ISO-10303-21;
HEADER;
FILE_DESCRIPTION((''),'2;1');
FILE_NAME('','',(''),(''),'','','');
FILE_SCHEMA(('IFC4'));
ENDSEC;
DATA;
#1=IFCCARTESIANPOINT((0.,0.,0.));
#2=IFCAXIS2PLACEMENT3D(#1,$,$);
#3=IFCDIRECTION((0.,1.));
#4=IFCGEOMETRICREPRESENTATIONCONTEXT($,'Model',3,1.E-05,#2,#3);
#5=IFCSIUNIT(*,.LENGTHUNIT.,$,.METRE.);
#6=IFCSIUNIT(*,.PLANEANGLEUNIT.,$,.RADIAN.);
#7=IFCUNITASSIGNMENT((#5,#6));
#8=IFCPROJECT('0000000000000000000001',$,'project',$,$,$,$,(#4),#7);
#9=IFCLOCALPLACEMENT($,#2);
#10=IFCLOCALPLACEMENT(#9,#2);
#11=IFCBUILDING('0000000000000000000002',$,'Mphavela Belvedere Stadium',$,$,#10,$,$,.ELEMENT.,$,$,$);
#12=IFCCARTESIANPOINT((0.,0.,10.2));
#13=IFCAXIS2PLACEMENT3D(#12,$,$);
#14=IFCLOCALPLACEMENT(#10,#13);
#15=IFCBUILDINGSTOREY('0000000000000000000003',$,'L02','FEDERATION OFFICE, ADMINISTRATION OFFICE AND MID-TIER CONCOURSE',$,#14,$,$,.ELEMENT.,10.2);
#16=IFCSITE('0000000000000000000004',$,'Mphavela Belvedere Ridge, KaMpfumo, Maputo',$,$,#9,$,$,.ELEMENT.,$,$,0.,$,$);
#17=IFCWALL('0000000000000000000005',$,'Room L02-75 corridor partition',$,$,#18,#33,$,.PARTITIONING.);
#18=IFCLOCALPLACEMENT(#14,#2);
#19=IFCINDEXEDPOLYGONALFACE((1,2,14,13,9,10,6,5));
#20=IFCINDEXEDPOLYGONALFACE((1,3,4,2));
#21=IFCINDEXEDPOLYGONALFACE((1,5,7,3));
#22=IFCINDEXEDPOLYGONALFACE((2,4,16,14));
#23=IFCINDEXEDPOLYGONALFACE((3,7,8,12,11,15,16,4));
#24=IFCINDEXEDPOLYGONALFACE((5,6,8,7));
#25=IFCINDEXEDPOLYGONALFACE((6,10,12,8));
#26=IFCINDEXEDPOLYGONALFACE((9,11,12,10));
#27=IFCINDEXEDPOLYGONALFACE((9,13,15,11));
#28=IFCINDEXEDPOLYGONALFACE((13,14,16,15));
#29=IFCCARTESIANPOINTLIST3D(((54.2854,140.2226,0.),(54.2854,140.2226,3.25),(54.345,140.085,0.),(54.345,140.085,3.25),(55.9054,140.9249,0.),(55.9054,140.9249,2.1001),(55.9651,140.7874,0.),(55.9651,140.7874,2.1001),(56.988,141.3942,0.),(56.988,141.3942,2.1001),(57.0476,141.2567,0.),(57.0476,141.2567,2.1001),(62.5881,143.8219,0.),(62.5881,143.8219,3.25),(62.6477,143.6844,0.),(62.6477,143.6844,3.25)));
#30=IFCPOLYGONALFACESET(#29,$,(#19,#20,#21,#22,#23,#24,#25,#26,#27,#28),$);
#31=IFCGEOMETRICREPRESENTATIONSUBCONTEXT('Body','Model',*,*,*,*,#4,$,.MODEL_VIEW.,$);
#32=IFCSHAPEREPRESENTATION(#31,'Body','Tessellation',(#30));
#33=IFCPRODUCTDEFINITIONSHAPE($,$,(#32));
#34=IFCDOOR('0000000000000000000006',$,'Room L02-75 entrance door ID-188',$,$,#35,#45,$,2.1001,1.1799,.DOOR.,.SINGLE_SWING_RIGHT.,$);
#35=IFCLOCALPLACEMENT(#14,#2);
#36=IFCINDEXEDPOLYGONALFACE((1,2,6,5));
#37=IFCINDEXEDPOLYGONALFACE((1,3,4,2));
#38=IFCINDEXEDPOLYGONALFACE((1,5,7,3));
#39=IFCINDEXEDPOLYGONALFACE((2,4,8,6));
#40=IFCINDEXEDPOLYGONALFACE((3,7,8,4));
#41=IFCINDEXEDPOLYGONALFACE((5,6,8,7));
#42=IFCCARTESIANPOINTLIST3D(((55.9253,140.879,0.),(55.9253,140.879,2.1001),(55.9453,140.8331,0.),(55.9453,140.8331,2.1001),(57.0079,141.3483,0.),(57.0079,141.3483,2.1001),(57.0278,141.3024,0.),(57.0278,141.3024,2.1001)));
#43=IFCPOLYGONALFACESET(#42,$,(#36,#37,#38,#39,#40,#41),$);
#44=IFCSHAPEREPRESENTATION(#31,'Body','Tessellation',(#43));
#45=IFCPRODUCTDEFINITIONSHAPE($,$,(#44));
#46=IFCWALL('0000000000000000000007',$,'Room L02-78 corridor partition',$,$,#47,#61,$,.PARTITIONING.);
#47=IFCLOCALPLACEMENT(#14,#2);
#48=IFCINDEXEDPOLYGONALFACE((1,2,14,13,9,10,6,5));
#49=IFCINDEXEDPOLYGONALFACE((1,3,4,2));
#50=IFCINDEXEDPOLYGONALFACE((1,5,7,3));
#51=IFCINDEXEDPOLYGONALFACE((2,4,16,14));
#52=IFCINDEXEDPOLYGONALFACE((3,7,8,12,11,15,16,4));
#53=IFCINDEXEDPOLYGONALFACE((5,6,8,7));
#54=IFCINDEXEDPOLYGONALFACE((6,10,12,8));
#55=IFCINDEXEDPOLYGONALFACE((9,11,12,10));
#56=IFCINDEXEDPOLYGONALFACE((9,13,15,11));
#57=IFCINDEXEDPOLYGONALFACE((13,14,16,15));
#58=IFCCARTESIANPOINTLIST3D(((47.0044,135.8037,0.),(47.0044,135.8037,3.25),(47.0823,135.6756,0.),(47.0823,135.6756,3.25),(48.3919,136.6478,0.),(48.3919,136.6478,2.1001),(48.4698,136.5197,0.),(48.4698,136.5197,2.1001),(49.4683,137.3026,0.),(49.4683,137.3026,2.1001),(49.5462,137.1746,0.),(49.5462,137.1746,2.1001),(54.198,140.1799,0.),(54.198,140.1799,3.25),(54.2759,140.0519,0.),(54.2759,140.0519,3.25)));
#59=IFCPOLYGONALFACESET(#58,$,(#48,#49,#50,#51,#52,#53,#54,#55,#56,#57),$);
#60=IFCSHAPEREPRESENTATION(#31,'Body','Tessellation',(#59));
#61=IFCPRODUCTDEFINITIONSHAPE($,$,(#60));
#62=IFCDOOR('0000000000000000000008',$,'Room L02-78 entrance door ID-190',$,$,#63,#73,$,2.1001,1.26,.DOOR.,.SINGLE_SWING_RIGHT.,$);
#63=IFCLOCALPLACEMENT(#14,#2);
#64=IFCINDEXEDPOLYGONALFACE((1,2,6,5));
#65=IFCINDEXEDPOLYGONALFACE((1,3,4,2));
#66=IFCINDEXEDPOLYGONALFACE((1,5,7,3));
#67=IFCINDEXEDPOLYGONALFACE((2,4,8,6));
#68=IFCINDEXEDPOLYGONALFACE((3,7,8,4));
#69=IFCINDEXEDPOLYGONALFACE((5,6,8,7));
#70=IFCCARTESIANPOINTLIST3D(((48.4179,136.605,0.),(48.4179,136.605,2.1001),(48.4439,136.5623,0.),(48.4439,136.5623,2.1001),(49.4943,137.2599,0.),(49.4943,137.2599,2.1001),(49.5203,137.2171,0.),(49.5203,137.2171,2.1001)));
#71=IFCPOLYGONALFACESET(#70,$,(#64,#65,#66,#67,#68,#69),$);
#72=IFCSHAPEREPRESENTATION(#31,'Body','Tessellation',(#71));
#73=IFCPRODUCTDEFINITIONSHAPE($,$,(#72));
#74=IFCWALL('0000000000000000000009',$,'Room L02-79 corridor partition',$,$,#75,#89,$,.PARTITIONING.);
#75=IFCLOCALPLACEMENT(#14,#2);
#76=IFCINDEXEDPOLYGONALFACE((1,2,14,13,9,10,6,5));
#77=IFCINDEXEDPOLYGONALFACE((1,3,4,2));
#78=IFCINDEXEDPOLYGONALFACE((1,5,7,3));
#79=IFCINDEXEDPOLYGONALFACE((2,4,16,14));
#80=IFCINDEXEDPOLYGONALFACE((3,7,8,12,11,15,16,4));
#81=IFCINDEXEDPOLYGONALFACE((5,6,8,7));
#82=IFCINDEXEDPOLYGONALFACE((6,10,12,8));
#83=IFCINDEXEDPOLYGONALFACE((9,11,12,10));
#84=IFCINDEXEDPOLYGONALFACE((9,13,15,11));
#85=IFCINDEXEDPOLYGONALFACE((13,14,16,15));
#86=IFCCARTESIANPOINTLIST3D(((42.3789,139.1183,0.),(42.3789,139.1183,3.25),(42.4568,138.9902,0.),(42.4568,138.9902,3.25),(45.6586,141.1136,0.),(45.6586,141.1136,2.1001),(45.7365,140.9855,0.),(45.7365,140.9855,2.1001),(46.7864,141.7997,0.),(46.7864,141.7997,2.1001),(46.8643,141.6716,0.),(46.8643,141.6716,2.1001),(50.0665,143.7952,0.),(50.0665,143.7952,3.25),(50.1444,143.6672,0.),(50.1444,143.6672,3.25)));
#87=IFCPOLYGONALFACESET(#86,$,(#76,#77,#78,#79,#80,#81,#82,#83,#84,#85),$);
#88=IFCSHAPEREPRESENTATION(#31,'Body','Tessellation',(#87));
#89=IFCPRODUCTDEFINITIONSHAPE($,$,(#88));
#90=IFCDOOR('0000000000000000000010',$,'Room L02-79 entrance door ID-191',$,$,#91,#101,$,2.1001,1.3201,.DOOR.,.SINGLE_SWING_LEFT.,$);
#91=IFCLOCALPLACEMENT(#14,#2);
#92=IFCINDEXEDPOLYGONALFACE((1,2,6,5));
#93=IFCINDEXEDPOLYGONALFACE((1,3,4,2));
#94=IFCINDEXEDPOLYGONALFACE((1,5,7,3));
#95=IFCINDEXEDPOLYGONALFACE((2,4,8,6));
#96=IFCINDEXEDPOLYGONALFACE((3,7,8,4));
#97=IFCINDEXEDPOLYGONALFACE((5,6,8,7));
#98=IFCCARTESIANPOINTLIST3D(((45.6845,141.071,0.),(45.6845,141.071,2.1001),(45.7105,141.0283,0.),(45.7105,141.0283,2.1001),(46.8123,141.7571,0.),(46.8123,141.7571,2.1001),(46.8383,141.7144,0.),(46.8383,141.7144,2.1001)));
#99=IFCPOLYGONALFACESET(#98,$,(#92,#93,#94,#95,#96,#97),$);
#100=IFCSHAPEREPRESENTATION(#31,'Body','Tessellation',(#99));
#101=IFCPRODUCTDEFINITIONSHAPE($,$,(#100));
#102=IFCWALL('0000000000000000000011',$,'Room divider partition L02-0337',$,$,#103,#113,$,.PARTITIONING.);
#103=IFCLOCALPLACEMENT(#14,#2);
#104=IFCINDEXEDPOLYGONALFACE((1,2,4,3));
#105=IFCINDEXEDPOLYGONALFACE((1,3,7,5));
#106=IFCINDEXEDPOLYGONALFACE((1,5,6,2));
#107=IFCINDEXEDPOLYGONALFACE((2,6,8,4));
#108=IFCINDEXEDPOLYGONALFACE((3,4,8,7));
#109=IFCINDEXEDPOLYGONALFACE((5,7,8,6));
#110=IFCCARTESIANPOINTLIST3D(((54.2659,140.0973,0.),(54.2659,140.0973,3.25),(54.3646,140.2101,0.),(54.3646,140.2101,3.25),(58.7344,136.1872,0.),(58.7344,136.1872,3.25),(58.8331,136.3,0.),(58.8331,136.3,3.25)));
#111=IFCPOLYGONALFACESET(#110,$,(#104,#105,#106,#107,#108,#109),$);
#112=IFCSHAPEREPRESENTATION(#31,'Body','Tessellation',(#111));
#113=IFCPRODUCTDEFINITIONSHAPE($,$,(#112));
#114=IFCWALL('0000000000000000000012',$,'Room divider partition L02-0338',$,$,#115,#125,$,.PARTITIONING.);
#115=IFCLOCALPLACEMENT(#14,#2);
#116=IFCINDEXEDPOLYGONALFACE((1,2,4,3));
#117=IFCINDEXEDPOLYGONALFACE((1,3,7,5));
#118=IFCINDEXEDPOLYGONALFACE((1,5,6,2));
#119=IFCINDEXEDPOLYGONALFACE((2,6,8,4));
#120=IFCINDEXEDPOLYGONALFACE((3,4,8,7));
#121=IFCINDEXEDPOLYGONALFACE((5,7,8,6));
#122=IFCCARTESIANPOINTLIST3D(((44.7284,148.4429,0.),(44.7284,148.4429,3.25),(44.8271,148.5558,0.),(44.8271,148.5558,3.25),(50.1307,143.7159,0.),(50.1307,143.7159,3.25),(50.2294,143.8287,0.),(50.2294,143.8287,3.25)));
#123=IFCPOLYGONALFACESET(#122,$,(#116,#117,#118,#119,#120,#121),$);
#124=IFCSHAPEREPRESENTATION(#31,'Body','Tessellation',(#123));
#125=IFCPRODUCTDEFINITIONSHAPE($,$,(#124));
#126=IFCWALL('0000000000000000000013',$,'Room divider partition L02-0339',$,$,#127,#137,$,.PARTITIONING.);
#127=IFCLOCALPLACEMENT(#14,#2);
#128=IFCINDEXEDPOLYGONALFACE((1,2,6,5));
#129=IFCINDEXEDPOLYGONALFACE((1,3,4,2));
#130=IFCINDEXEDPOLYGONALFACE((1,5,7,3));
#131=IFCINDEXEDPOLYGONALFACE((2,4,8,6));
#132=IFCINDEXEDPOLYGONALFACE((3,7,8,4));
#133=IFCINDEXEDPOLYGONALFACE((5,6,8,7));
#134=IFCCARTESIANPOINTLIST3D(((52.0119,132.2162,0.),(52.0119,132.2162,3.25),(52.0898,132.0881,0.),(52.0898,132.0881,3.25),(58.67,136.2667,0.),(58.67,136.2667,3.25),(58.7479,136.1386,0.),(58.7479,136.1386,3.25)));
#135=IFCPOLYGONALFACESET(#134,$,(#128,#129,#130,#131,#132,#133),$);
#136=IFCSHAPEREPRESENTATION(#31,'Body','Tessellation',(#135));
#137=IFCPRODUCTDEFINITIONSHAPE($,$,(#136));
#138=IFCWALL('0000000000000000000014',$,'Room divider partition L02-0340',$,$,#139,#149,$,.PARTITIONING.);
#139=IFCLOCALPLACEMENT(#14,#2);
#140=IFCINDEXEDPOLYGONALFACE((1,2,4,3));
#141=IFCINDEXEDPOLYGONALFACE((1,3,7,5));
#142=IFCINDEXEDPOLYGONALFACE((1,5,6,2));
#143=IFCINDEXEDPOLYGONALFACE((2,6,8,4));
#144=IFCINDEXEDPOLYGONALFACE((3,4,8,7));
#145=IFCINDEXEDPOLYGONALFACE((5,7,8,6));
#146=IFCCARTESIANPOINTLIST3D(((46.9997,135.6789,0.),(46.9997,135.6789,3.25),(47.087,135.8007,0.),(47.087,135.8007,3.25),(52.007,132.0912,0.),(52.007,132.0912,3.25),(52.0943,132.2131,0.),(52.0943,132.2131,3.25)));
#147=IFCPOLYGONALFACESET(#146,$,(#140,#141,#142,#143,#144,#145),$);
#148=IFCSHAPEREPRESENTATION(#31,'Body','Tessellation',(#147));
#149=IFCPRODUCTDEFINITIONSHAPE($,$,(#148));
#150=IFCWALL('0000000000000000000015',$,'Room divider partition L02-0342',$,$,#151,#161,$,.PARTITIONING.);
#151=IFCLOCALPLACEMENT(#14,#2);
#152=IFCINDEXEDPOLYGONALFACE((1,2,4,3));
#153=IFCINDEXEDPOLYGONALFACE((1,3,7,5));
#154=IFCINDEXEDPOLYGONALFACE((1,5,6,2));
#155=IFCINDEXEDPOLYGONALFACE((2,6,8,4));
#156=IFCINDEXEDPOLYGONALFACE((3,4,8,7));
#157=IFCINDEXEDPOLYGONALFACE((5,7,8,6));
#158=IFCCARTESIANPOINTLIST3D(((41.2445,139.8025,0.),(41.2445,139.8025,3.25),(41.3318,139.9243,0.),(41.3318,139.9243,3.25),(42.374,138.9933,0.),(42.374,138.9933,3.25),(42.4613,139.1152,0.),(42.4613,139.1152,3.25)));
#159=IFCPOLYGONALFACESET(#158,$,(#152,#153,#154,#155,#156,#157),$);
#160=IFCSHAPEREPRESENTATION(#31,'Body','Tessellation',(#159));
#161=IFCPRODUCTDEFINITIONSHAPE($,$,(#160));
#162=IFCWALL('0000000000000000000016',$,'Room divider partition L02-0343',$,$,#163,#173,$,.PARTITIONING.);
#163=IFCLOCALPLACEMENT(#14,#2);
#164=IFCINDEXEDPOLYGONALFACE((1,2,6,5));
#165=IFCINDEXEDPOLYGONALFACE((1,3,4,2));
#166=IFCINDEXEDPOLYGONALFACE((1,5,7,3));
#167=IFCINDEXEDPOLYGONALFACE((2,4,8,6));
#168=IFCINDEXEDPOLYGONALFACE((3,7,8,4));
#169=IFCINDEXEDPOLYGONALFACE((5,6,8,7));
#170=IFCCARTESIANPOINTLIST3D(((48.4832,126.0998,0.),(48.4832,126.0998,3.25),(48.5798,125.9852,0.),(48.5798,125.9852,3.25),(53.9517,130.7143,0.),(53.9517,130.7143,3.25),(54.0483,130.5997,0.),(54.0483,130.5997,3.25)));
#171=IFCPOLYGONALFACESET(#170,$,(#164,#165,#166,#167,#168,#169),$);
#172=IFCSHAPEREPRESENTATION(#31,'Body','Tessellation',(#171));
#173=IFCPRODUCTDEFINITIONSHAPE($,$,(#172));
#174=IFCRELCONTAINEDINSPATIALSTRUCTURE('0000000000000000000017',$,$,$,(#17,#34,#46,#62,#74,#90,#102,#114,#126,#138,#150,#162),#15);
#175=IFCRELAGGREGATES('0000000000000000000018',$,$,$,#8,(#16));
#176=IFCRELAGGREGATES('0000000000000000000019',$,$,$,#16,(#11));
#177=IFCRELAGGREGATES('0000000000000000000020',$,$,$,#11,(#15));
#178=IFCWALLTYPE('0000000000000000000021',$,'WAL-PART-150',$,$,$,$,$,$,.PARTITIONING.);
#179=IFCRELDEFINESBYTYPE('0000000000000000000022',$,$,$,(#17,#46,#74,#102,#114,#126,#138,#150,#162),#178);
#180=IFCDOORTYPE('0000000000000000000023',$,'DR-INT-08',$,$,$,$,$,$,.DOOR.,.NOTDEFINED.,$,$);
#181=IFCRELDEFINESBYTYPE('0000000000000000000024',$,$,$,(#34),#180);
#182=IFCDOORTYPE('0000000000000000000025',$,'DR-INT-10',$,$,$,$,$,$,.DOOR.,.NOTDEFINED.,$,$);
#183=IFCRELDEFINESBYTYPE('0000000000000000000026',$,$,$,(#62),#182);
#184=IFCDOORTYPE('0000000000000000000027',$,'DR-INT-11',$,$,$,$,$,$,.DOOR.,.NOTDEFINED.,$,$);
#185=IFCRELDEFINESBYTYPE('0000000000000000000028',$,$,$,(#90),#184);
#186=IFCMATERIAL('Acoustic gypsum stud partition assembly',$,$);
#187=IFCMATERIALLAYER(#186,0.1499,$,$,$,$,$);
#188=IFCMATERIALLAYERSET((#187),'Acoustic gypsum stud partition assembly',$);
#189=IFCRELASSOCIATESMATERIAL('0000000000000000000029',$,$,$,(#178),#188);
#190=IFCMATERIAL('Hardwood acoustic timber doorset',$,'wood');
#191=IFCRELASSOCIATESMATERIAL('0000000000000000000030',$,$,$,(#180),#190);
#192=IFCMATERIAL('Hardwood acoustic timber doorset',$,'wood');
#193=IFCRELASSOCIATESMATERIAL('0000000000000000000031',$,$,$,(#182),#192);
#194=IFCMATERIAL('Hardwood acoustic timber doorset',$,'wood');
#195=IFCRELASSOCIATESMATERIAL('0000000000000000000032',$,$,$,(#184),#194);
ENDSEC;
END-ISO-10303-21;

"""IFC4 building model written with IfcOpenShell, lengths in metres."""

from ifc_helpers import new_model, si_unit, direction, frame, frame_2d, origin, place, context, subcontext, project, spatial, rectangle, extrude, material, layer, layer_set, type_object, element, fill, save


model = new_model("IFC4")

# Units and contexts
model_context = context("Model", 3, precision=1e-05, world=origin(), true_north=direction((0.0, 1.0)))
body_context = subcontext(model_context, "Body", "Model", "MODEL_VIEW")
ifc_project = project(units=[si_unit("LENGTHUNIT", "METRE"), si_unit("PLANEANGLEUNIT", "RADIAN")], contexts=[model_context])

# Site, building, storey
site_placement = place(None, origin())
site = spatial("IfcSite", under=ifc_project, at=site_placement, Name="Mphavela Belvedere Ridge, KaMpfumo, Maputo", CompositionType="ELEMENT", RefElevation=0.0)
building_placement = place(site_placement, origin())
building = spatial("IfcBuilding", under=site, at=building_placement, Name="Mphavela Belvedere Stadium", CompositionType="ELEMENT")
storey_placement = place(building_placement, frame((0.0, 0.0, 10.2)))
storey = spatial("IfcBuildingStorey", under=building, at=storey_placement, Name="L02", Description="FEDERATION OFFICE, ADMINISTRATION OFFICE AND MID-TIER CONCOURSE", CompositionType="ELEMENT", Elevation=10.2)

# Walls, openings, doors
ifc_material_1 = material(Name="Acoustic gypsum stud partition assembly")
ifc_layer_1 = layer(ifc_material_1, 0.1499)
ifc_layer_set_1 = layer_set([ifc_layer_1], Name="Acoustic gypsum stud partition assembly")
wall_type_1 = type_object("IfcWallType", Name="WAL-PART-150", PredefinedType="PARTITIONING", material=ifc_layer_set_1)
wall_1_placement = place(storey_placement, frame((54.3152, 140.1538, 0.0), z_axis=(0.0, 0.0, 1.0), x_axis=(0.917495, 0.397748, 0.0)))
wall_1 = element("IfcWall", 1, at=wall_1_placement, inside=storey, type_object=wall_type_1, Name="Room L02-75 corridor partition", PredefinedType="PARTITIONING", context=body_context, shape_type="SweptSolid", body=[
    extrude(rectangle(XDim=9.0493, YDim=0.1499, at=frame_2d((4.5247, 0.0))), origin(), (0.0, 0.0, 1.0), 3.25),
])
opening_1_placement = place(wall_1_placement, frame((1.7659, 0.0, 0.0)))
opening_1 = element("IfcOpeningElement", 2, at=opening_1_placement, cuts=wall_1, PredefinedType="OPENING", context=body_context, shape_type="SweptSolid", body=[
    extrude(rectangle(XDim=1.1799, YDim=2.1001, at=frame_2d((0.5898, 1.05))), frame((0.0, 0.085, 0.0), z_axis=(0.0, -1.0, 0.0), x_axis=(1.0, 0.0, 0.0)), (0.0, 0.0, 1.0), 0.1699),
])
ifc_material_2 = material(Name="Hardwood acoustic timber doorset", Category="wood")
door_type_1 = type_object("IfcDoorType", Name="DR-INT-08", OperationType="NOTDEFINED", PredefinedType="DOOR", material=ifc_material_2)
door_1_placement = place(opening_1_placement, origin())
door_1 = element("IfcDoor", 3, at=door_1_placement, inside=storey, type_object=door_type_1, Name="Room L02-75 entrance door ID-188", OperationType="SINGLE_SWING_RIGHT", OverallHeight=2.1001, OverallWidth=1.1799, PredefinedType="DOOR", context=body_context, shape_type="SweptSolid", body=[
    extrude(rectangle(XDim=1.1799, YDim=2.1001, at=frame_2d((0.5898, 1.05))), frame((0.0, 0.0249, 0.0), z_axis=(0.0, -1.0, 0.0), x_axis=(1.0, 0.0, 0.0)), (0.0, 0.0, 1.0), 0.05),
])
fill(opening_1, door_1)
wall_2_placement = place(storey_placement, frame((47.0435, 135.7397, 0.0), z_axis=(0.0, 0.0, 1.0), x_axis=(0.85433, 0.519731, 0.0)))
wall_2 = element("IfcWall", 4, at=wall_2_placement, inside=storey, type_object=wall_type_1, Name="Room L02-78 corridor partition", PredefinedType="PARTITIONING", context=body_context, shape_type="SweptSolid", body=[
    extrude(rectangle(XDim=8.4202, YDim=0.1499, at=frame_2d((4.21, 0.0))), origin(), (0.0, 0.0, 1.0), 3.25),
])
opening_2_placement = place(wall_2_placement, frame((1.624, 0.0, 0.0)))
opening_2 = element("IfcOpeningElement", 5, at=opening_2_placement, cuts=wall_2, PredefinedType="OPENING", context=body_context, shape_type="SweptSolid", body=[
    extrude(rectangle(XDim=1.26, YDim=2.1001, at=frame_2d((0.6299, 1.05))), frame((0.0, 0.085, 0.0), z_axis=(0.0, -1.0, 0.0), x_axis=(1.0, 0.0, 0.0)), (0.0, 0.0, 1.0), 0.1699),
])
ifc_material_3 = material(Name="Hardwood acoustic timber doorset", Category="wood")
door_type_2 = type_object("IfcDoorType", Name="DR-INT-10", OperationType="NOTDEFINED", PredefinedType="DOOR", material=ifc_material_3)
door_2_placement = place(opening_2_placement, origin())
door_2 = element("IfcDoor", 6, at=door_2_placement, inside=storey, type_object=door_type_2, Name="Room L02-78 entrance door ID-190", OperationType="SINGLE_SWING_RIGHT", OverallHeight=2.1001, OverallWidth=1.26, PredefinedType="DOOR", context=body_context, shape_type="SweptSolid", body=[
    extrude(rectangle(XDim=1.26, YDim=2.1001, at=frame_2d((0.6299, 1.05))), frame((0.0, 0.0249, 0.0), z_axis=(0.0, -1.0, 0.0), x_axis=(1.0, 0.0, 0.0)), (0.0, 0.0, 1.0), 0.05),
])
fill(opening_2, door_2)
wall_3_placement = place(storey_placement, frame((50.1055, 143.7312, 0.0), z_axis=(0.0, 0.0, 1.0), x_axis=(-0.854322, -0.519745, 0.0)))
wall_3 = element("IfcWall", 7, at=wall_3_placement, inside=storey, type_object=wall_type_1, Name="Room L02-79 corridor partition", PredefinedType="PARTITIONING", context=body_context, shape_type="SweptSolid", body=[
    extrude(rectangle(XDim=8.9985, YDim=0.1499, at=frame_2d((4.4993, 0.0))), origin(), (0.0, 0.0, 1.0), 3.25),
])
opening_3_placement = place(wall_3_placement, frame((3.8394, 0.0, 0.0)))
opening_3 = element("IfcOpeningElement", 8, at=opening_3_placement, cuts=wall_3, PredefinedType="OPENING", context=body_context, shape_type="SweptSolid", body=[
    extrude(rectangle(XDim=1.3201, YDim=2.1001, at=frame_2d((0.6602, 1.05))), frame((0.0, 0.085, 0.0), z_axis=(0.0, -1.0, 0.0), x_axis=(1.0, 0.0, 0.0)), (0.0, 0.0, 1.0), 0.1699),
])
ifc_material_4 = material(Name="Hardwood acoustic timber doorset", Category="wood")
door_type_3 = type_object("IfcDoorType", Name="DR-INT-11", OperationType="NOTDEFINED", PredefinedType="DOOR", material=ifc_material_4)
door_3_placement = place(opening_3_placement, origin())
door_3 = element("IfcDoor", 9, at=door_3_placement, inside=storey, type_object=door_type_3, Name="Room L02-79 entrance door ID-191", OperationType="SINGLE_SWING_LEFT", OverallHeight=2.1001, OverallWidth=1.3201, PredefinedType="DOOR", context=body_context, shape_type="SweptSolid", body=[
    extrude(rectangle(XDim=1.3201, YDim=2.1001, at=frame_2d((0.6602, 1.05))), frame((0.0, 0.0249, 0.0), z_axis=(0.0, -1.0, 0.0), x_axis=(1.0, 0.0, 0.0)), (0.0, 0.0, 1.0), 0.05),
])
fill(opening_3, door_3)

# Walls
wall_4_placement = place(storey_placement, frame((58.7837, 136.2437, 0.0), z_axis=(0.0, 0.0, 1.0), x_axis=(-0.752559, 0.658525, 0.0)))
element("IfcWall", 10, at=wall_4_placement, inside=storey, type_object=wall_type_1, Name="Room divider partition L02-0337", PredefinedType="PARTITIONING", context=body_context, shape_type="SweptSolid", body=[
    extrude(rectangle(XDim=5.9377, YDim=0.1499, at=frame_2d((2.9688, 0.0))), origin(), (0.0, 0.0, 1.0), 3.25),
])
wall_5_placement = place(storey_placement, frame((50.1802, 143.7722, 0.0), z_axis=(0.0, 0.0, 1.0), x_axis=(-0.752577, 0.658505, 0.0)))
element("IfcWall", 11, at=wall_5_placement, inside=storey, type_object=wall_type_1, Name="Room divider partition L02-0338", PredefinedType="PARTITIONING", context=body_context, shape_type="SweptSolid", body=[
    extrude(rectangle(XDim=7.1785, YDim=0.1499, at=frame_2d((3.5894, 0.0))), origin(), (0.0, 0.0, 1.0), 3.25),
])
wall_6_placement = place(storey_placement, frame((58.709, 136.2026, 0.0), z_axis=(0.0, 0.0, 1.0), x_axis=(-0.854329, -0.519733, 0.0)))
element("IfcWall", 12, at=wall_6_placement, inside=storey, type_object=wall_type_1, Name="Room divider partition L02-0339", PredefinedType="PARTITIONING", context=body_context, shape_type="SweptSolid", body=[
    extrude(rectangle(XDim=7.7935, YDim=0.1499, at=frame_2d((3.8967, 0.0))), origin(), (0.0, 0.0, 1.0), 3.25),
])
wall_7_placement = place(storey_placement, frame((52.0508, 132.1521, 0.0), z_axis=(0.0, 0.0, 1.0), x_axis=(-0.812889, 0.582419, 0.0)))
element("IfcWall", 13, at=wall_7_placement, inside=storey, type_object=wall_type_1, Name="Room divider partition L02-0340", PredefinedType="PARTITIONING", context=body_context, shape_type="SweptSolid", body=[
    extrude(rectangle(XDim=6.1599, YDim=0.1499, at=frame_2d((3.0801, 0.0))), origin(), (0.0, 0.0, 1.0), 3.25),
])
wall_8_placement = place(storey_placement, frame((42.4177, 139.0542, 0.0), z_axis=(0.0, 0.0, 1.0), x_axis=(-0.812925, 0.582368, 0.0)))
element("IfcWall", 14, at=wall_8_placement, inside=storey, type_object=wall_type_1, Name="Room divider partition L02-0342", PredefinedType="PARTITIONING", context=body_context, shape_type="SweptSolid", body=[
    extrude(rectangle(XDim=1.3894, YDim=0.1499, at=frame_2d((0.6948, 0.0))), origin(), (0.0, 0.0, 1.0), 3.25),
])
wall_9_placement = place(storey_placement, frame((54.0, 130.657, 0.0), z_axis=(0.0, 0.0, 1.0), x_axis=(-0.76426, -0.644908, 0.0)))
element("IfcWall", 15, at=wall_9_placement, inside=storey, type_object=wall_type_1, Name="Room divider partition L02-0343", PredefinedType="PARTITIONING", context=body_context, shape_type="SweptSolid", body=[
    extrude(rectangle(XDim=7.1553, YDim=0.1499, at=frame_2d((3.5776, 0.0))), origin(), (0.0, 0.0, 1.0), 3.25),
])

save(model, "model.ifc")
